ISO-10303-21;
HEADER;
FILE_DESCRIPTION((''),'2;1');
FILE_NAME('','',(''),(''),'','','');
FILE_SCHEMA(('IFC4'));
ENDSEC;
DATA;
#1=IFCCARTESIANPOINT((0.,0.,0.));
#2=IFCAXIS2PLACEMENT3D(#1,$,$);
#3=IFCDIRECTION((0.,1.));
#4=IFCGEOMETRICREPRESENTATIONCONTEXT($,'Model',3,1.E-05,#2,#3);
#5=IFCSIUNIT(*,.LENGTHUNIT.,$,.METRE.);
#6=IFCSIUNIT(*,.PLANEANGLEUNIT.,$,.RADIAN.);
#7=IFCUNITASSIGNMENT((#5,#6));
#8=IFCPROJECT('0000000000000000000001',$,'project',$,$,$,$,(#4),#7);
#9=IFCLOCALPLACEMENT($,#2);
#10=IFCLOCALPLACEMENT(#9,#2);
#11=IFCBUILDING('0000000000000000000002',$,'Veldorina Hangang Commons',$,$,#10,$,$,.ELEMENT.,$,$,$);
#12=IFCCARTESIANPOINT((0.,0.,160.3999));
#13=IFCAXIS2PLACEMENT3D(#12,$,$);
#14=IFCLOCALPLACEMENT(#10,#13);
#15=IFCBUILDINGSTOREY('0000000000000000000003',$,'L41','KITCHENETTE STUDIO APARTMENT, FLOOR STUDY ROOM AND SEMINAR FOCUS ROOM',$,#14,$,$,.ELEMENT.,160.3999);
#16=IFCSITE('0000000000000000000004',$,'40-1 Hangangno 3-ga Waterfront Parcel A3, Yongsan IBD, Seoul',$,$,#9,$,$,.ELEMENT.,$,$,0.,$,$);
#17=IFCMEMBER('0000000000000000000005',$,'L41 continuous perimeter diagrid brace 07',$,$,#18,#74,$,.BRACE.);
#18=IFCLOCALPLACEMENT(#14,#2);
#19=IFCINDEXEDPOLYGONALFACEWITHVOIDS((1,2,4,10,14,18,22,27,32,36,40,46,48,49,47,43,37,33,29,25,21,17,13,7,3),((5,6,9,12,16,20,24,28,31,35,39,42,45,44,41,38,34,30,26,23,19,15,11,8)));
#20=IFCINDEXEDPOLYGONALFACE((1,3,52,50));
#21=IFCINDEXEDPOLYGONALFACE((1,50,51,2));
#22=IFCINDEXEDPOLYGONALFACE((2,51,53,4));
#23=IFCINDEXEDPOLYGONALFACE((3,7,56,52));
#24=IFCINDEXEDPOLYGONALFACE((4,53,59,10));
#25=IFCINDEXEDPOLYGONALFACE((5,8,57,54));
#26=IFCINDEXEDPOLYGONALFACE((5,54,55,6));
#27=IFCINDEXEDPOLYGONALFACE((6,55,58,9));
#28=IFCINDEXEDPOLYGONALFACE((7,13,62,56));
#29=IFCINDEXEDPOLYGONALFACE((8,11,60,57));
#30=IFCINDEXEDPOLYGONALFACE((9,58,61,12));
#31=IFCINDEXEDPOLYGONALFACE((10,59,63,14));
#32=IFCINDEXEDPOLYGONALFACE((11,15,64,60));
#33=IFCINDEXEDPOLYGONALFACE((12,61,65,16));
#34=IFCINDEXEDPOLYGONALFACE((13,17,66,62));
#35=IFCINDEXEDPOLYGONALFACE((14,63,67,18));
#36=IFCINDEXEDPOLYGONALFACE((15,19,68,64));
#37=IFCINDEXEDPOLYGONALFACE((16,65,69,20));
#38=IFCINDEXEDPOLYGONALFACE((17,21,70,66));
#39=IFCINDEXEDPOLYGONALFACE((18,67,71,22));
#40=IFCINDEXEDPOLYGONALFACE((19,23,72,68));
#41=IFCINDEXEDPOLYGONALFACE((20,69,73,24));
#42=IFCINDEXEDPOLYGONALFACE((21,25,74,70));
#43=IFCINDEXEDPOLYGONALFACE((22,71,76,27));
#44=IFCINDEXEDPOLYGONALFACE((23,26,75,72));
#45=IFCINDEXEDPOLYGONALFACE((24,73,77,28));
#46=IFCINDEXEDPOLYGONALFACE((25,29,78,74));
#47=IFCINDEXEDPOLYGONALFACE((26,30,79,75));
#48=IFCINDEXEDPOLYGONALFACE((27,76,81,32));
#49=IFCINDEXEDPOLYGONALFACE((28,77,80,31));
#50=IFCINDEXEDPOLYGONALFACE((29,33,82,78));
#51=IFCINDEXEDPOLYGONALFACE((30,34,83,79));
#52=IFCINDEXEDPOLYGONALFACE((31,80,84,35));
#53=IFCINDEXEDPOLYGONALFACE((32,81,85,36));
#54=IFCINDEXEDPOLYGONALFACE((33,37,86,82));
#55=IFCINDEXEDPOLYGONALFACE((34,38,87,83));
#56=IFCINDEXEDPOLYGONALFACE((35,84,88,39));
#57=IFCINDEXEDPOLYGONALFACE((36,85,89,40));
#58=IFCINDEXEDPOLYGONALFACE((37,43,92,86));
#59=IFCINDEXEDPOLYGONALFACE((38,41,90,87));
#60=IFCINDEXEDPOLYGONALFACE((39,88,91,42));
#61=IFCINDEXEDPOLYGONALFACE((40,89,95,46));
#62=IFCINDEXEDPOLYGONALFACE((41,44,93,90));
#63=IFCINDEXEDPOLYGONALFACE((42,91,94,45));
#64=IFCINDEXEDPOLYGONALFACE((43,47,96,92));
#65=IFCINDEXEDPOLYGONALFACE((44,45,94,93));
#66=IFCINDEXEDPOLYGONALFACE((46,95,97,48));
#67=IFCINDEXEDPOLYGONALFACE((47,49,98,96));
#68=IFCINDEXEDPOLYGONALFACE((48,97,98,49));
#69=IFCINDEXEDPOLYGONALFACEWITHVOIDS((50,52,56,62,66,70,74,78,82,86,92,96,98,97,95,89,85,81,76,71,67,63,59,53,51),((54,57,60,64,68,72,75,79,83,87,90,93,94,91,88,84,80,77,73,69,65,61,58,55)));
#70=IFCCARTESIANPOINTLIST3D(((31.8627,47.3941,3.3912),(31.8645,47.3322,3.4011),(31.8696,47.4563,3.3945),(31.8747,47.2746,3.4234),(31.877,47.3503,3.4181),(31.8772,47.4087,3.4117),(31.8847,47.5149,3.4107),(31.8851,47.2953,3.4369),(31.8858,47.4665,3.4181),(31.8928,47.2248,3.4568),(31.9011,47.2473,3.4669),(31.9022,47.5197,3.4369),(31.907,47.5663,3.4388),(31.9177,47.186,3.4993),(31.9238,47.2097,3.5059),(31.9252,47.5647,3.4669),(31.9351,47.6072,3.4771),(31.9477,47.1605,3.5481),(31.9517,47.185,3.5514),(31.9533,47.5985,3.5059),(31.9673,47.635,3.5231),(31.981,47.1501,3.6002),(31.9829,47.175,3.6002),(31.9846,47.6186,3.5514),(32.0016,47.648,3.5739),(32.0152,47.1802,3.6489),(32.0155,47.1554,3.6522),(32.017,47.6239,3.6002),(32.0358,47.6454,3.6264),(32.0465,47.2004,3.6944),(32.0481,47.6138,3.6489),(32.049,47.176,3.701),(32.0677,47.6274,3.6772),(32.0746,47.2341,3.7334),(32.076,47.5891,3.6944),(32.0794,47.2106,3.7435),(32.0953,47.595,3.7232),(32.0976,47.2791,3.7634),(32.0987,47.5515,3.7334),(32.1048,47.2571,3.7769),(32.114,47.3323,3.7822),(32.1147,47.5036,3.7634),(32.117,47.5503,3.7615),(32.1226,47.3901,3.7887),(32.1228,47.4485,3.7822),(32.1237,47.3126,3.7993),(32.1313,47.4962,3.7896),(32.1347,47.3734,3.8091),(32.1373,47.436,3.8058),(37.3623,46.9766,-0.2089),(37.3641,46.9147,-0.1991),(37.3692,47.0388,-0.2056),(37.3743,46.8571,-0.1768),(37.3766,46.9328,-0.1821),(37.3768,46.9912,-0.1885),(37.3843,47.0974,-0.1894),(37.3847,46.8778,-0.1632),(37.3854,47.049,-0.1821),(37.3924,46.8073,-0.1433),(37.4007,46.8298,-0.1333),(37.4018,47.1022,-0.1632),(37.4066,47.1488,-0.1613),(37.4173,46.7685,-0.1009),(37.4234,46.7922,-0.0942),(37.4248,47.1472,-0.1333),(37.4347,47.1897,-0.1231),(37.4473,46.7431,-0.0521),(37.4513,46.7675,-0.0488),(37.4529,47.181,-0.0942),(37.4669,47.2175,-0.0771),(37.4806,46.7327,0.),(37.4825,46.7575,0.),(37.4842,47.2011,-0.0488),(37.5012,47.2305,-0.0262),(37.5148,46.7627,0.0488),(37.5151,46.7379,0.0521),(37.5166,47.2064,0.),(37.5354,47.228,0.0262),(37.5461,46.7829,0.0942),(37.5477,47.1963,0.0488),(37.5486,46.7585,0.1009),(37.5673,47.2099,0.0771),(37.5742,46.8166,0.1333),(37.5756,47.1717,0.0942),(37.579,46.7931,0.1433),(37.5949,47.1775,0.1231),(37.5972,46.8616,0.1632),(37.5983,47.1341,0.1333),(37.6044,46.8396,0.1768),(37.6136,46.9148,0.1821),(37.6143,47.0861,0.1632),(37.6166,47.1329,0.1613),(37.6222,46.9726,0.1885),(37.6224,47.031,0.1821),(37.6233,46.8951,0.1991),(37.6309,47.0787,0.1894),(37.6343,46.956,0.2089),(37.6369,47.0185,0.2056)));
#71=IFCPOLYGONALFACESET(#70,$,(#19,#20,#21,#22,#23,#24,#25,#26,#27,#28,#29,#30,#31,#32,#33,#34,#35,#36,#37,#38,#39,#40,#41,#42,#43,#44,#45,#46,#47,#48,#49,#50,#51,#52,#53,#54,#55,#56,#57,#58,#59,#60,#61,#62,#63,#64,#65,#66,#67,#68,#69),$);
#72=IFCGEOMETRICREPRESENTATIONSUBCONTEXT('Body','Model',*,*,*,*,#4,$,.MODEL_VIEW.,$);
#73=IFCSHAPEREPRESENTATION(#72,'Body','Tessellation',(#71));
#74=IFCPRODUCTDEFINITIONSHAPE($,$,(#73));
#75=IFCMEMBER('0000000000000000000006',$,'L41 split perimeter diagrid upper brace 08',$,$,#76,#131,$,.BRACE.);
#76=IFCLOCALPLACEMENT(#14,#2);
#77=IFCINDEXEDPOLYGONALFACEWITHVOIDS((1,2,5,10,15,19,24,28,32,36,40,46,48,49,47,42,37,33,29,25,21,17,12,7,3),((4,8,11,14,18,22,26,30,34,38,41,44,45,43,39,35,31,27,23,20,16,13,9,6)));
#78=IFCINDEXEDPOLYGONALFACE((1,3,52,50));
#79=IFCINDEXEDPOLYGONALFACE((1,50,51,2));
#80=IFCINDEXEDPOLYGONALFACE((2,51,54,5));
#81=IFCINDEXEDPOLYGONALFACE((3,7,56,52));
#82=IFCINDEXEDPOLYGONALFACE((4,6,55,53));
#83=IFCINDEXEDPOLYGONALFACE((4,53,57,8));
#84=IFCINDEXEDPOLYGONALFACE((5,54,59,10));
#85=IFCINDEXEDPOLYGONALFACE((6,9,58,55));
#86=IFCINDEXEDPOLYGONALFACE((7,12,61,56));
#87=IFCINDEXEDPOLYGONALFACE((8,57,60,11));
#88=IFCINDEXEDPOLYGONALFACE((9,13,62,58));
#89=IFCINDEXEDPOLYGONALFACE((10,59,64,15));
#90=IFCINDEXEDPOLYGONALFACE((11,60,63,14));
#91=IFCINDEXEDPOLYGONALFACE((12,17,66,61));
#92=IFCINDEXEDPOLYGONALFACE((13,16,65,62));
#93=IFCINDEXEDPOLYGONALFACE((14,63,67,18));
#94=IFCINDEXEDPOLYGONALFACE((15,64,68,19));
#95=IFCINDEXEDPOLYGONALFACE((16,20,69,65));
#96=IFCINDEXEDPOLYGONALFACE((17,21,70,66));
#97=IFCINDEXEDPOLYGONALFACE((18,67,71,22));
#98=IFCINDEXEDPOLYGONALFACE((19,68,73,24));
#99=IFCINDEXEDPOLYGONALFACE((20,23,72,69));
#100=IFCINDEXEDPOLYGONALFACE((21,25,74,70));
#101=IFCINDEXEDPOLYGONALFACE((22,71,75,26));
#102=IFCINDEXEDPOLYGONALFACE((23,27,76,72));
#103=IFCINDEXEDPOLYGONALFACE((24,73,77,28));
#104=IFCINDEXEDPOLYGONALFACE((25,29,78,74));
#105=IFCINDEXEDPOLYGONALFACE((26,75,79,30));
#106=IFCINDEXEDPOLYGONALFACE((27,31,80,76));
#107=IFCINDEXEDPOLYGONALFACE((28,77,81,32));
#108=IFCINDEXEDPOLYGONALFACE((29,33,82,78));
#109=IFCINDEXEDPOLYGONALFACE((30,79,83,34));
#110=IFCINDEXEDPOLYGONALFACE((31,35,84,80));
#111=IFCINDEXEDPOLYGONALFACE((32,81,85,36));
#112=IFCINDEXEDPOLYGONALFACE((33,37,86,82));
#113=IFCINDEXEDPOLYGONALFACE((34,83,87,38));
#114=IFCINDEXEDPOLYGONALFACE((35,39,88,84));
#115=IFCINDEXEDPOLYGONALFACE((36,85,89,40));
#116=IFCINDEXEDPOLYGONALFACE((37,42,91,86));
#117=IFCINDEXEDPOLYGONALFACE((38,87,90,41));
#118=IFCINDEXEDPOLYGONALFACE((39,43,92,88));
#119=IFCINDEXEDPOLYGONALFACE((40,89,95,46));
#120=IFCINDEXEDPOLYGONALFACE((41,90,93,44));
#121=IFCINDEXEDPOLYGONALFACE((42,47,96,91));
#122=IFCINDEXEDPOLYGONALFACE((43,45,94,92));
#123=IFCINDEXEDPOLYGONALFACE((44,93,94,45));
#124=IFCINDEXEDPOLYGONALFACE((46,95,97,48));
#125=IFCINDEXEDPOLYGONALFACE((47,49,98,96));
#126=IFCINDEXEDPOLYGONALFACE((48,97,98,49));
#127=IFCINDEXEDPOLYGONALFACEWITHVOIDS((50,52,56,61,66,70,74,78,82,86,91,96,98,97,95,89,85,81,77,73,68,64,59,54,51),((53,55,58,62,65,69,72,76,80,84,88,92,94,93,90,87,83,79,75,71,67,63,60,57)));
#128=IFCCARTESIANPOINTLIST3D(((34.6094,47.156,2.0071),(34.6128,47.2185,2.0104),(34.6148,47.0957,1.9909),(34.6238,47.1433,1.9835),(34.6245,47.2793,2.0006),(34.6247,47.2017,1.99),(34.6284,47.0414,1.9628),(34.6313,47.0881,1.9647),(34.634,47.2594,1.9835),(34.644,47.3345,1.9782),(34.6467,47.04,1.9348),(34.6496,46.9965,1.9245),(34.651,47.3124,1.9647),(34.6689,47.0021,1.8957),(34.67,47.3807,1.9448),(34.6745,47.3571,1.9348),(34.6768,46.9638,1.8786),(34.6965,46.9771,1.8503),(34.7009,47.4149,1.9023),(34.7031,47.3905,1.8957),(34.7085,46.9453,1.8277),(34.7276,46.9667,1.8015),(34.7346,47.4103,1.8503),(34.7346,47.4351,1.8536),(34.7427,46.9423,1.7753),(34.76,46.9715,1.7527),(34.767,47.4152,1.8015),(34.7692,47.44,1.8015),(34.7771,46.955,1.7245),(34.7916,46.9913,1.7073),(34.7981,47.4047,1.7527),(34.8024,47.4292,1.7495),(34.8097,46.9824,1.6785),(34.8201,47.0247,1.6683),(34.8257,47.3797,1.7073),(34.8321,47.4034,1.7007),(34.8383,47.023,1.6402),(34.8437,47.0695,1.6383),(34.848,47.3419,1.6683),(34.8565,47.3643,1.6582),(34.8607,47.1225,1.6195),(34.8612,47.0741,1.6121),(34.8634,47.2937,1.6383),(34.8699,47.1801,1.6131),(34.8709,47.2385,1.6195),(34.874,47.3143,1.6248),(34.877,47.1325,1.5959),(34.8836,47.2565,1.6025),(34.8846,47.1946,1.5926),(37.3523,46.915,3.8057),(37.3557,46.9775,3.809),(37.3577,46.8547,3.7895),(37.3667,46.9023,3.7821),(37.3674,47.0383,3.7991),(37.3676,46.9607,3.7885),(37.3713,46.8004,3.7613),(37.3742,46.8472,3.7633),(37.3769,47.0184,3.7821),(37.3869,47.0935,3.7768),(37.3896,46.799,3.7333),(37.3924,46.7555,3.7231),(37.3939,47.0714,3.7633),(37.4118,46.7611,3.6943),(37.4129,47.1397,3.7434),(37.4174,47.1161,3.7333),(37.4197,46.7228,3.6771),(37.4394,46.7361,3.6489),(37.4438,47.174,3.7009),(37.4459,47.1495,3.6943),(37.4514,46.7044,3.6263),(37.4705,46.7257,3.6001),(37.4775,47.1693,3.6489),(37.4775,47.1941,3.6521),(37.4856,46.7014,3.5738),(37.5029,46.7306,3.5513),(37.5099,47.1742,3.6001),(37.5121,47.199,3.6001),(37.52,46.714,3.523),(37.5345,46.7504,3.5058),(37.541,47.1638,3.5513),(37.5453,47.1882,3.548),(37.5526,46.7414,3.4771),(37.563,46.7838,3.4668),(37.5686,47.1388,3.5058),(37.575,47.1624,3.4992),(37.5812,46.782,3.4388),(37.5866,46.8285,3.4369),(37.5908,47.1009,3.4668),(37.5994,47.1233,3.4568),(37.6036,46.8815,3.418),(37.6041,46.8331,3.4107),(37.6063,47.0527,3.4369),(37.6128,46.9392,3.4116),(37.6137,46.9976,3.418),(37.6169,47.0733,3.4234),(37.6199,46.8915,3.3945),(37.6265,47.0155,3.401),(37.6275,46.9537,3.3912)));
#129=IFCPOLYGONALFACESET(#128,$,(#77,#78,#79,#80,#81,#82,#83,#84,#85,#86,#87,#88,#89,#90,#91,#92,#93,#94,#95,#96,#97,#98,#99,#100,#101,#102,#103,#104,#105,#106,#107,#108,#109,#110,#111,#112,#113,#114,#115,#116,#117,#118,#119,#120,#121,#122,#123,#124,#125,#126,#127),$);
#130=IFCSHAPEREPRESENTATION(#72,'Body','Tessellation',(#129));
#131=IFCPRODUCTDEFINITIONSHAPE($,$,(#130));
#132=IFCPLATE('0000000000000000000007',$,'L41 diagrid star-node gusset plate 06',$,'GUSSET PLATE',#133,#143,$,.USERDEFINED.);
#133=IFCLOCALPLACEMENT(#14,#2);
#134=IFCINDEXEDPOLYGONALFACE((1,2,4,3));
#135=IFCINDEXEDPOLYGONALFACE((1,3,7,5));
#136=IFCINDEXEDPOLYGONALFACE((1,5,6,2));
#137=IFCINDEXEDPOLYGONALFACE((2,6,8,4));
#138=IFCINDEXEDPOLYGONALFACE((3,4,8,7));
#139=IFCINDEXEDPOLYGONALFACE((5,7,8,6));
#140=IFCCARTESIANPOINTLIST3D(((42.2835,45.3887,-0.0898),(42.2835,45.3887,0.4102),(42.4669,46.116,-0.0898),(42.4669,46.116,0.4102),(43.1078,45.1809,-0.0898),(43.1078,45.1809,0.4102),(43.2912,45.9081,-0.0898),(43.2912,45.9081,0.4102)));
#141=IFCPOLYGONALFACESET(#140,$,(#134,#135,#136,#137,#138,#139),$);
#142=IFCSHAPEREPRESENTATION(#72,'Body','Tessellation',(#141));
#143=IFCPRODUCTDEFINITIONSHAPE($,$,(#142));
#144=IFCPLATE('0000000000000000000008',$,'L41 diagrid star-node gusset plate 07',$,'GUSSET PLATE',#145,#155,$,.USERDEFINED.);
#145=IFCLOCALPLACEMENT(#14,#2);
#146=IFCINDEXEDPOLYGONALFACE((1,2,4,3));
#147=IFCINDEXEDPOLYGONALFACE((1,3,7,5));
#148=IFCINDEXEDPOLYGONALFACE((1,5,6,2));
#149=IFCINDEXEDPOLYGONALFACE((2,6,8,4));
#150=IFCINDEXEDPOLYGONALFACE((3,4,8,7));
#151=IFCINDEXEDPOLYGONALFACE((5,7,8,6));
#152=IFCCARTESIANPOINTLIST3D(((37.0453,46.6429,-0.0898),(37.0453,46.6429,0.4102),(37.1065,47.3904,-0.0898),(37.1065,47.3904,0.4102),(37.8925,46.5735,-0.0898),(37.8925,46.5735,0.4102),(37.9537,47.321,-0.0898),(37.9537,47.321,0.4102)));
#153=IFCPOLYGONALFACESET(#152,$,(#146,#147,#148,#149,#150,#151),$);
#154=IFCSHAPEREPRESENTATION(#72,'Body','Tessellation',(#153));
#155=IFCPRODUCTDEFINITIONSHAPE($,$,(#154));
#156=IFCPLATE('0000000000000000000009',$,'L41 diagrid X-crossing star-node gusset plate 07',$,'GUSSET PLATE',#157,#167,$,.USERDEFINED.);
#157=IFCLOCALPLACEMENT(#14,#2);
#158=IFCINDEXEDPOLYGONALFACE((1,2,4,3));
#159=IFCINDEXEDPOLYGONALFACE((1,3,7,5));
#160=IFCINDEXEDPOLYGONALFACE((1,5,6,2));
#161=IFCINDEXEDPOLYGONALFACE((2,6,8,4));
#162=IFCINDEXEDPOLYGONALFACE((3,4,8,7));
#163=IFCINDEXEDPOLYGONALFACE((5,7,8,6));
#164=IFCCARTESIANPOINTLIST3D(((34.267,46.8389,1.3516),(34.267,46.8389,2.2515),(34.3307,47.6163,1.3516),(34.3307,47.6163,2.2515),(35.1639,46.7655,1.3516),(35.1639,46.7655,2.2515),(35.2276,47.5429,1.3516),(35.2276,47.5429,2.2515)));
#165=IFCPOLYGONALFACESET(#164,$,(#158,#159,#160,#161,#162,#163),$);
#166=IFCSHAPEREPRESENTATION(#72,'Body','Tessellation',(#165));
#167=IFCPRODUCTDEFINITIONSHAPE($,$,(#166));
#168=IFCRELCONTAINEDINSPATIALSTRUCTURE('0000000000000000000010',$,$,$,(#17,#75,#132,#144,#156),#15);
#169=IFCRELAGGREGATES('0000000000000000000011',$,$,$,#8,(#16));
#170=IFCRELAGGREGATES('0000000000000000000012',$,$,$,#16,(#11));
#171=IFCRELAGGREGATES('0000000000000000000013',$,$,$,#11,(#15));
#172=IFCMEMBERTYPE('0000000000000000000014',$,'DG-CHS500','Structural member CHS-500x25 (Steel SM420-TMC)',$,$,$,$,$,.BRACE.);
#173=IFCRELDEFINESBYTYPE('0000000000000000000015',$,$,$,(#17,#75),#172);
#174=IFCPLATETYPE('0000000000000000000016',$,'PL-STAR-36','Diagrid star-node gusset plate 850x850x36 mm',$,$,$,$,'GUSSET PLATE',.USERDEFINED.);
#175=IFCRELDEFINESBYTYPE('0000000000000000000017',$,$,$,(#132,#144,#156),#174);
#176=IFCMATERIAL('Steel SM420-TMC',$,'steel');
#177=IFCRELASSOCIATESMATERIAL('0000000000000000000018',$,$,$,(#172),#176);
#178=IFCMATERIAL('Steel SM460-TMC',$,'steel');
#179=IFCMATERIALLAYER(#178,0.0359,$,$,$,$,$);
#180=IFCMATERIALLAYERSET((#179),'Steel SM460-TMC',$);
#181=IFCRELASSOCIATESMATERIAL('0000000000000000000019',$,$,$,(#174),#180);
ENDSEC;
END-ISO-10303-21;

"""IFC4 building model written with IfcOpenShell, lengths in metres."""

from ifc_helpers import new_model, si_unit, direction, frame, origin, origin_2d, place, context, subcontext, project, spatial, rectangle, hollow_circle, extrude, material, layer, layer_set, material_profile, profile_set, type_object, element, save


model = new_model("IFC4")

# Units and contexts
model_context = context("Model", 3, precision=1e-05, world=origin(), true_north=direction((0.0, 1.0)))
body_context = subcontext(model_context, "Body", "Model", "MODEL_VIEW")
ifc_project = project(units=[si_unit("LENGTHUNIT", "METRE"), si_unit("PLANEANGLEUNIT", "RADIAN")], contexts=[model_context])

# Site, building, storey
site_placement = place(None, origin())
site = spatial("IfcSite", under=ifc_project, at=site_placement, Name="40-1 Hangangno 3-ga Waterfront Parcel A3, Yongsan IBD, Seoul", CompositionType="ELEMENT", RefElevation=0.0)
building_placement = place(site_placement, origin())
building = spatial("IfcBuilding", under=site, at=building_placement, Name="Veldorina Hangang Commons", CompositionType="ELEMENT")
storey_placement = place(building_placement, frame((0.0, 0.0, 160.3999)))
storey = spatial("IfcBuildingStorey", under=building, at=storey_placement, Name="L41", Description="KITCHENETTE STUDIO APARTMENT, FLOOR STUDY ROOM AND SEMINAR FOCUS ROOM", CompositionType="ELEMENT", Elevation=160.3999)

# Shared definitions
ifc_material_1 = material(Name="Steel SM420-TMC", Category="steel")

# Members
ifc_material_profile_1 = material_profile(ifc_material_1, hollow_circle(Radius=0.25, WallThickness=0.0249, at=origin_2d()), Name="CHS-500x25")
ifc_profile_set_1 = profile_set([ifc_material_profile_1], Name="Steel SM420-TMC")
member_type = type_object("IfcMemberType", Name="DG-CHS500", Description="Structural member CHS-500x25 (Steel SM420-TMC)", PredefinedType="BRACE", material=ifc_profile_set_1)
member_1_placement = place(storey_placement, frame((37.4995, 46.9819, 0.0), z_axis=(-0.83499, 0.063386, 0.546602), x_axis=(-0.075694, -0.997131, 0.0)))
element("IfcMember", 1, at=member_1_placement, inside=storey, type_object=member_type, Name="L41 continuous perimeter diagrid brace 07", PredefinedType="BRACE", context=body_context, shape_type="SweptSolid", body=[
    extrude(hollow_circle(Radius=0.25, WallThickness=0.0249, at=origin_2d()), origin(), (0.0, 0.0, 1.0), 6.5864),
])
member_2_placement = place(storey_placement, frame((34.7473, 47.1909, 1.8015), z_axis=(0.834004, -0.073268, 0.546872), x_axis=(0.087513, 0.996163, 0.0)))
element("IfcMember", 2, at=member_2_placement, inside=storey, type_object=member_type, Name="L41 split perimeter diagrid upper brace 08", PredefinedType="BRACE", context=body_context, shape_type="SweptSolid", body=[
    extrude(hollow_circle(Radius=0.25, WallThickness=0.0249, at=origin_2d()), origin(), (0.0, 0.0, 1.0), 3.2888),
])

# Plates
ifc_material_2 = material(Name="Steel SM460-TMC", Category="steel")
ifc_layer_1 = layer(ifc_material_2, 0.0359)
ifc_layer_set_1 = layer_set([ifc_layer_1], Name="Steel SM460-TMC")
plate_type = type_object("IfcPlateType", Name="PL-STAR-36", Description="Diagrid star-node gusset plate 850x850x36 mm", ElementType="GUSSET PLATE", PredefinedType="USERDEFINED", material=ifc_layer_set_1)
for number, where, z_axis, x_axis, name in (
    (3, (42.7874, 45.6484, -0.0898), (0.0, 0.0, 1.0), (-0.969646, 0.244512, 0.0), "L41 diagrid star-node gusset plate 06"),
    (4, (37.4995, 46.9819, -0.0898), (0.0, 0.0, 1.0), (-0.996666, 0.081591, 0.0), "L41 diagrid star-node gusset plate 07"),
):
    element("IfcPlate", number, at=place(storey_placement, frame(where, z_axis=z_axis, x_axis=x_axis)), inside=storey, type_object=plate_type, Name=name, ObjectType="GUSSET PLATE", PredefinedType="USERDEFINED", context=body_context, shape_type="SweptSolid", body=[
        extrude(rectangle(XDim=0.8501, YDim=0.75, at=origin_2d()), origin(), (0.0, 0.0, 1.0), 0.5),
    ])
plate_placement = place(storey_placement, frame((34.7473, 47.1909, 1.3516), z_axis=(0.0, 0.0, 1.0), x_axis=(-0.996666, 0.081591, 0.0)))
element("IfcPlate", 5, at=plate_placement, inside=storey, type_object=plate_type, Name="L41 diagrid X-crossing star-node gusset plate 07", ObjectType="GUSSET PLATE", PredefinedType="USERDEFINED", context=body_context, shape_type="SweptSolid", body=[
    extrude(rectangle(XDim=0.8999, YDim=0.78, at=origin_2d()), origin(), (0.0, 0.0, 1.0), 0.8999),
])

save(model, "model.ifc")
